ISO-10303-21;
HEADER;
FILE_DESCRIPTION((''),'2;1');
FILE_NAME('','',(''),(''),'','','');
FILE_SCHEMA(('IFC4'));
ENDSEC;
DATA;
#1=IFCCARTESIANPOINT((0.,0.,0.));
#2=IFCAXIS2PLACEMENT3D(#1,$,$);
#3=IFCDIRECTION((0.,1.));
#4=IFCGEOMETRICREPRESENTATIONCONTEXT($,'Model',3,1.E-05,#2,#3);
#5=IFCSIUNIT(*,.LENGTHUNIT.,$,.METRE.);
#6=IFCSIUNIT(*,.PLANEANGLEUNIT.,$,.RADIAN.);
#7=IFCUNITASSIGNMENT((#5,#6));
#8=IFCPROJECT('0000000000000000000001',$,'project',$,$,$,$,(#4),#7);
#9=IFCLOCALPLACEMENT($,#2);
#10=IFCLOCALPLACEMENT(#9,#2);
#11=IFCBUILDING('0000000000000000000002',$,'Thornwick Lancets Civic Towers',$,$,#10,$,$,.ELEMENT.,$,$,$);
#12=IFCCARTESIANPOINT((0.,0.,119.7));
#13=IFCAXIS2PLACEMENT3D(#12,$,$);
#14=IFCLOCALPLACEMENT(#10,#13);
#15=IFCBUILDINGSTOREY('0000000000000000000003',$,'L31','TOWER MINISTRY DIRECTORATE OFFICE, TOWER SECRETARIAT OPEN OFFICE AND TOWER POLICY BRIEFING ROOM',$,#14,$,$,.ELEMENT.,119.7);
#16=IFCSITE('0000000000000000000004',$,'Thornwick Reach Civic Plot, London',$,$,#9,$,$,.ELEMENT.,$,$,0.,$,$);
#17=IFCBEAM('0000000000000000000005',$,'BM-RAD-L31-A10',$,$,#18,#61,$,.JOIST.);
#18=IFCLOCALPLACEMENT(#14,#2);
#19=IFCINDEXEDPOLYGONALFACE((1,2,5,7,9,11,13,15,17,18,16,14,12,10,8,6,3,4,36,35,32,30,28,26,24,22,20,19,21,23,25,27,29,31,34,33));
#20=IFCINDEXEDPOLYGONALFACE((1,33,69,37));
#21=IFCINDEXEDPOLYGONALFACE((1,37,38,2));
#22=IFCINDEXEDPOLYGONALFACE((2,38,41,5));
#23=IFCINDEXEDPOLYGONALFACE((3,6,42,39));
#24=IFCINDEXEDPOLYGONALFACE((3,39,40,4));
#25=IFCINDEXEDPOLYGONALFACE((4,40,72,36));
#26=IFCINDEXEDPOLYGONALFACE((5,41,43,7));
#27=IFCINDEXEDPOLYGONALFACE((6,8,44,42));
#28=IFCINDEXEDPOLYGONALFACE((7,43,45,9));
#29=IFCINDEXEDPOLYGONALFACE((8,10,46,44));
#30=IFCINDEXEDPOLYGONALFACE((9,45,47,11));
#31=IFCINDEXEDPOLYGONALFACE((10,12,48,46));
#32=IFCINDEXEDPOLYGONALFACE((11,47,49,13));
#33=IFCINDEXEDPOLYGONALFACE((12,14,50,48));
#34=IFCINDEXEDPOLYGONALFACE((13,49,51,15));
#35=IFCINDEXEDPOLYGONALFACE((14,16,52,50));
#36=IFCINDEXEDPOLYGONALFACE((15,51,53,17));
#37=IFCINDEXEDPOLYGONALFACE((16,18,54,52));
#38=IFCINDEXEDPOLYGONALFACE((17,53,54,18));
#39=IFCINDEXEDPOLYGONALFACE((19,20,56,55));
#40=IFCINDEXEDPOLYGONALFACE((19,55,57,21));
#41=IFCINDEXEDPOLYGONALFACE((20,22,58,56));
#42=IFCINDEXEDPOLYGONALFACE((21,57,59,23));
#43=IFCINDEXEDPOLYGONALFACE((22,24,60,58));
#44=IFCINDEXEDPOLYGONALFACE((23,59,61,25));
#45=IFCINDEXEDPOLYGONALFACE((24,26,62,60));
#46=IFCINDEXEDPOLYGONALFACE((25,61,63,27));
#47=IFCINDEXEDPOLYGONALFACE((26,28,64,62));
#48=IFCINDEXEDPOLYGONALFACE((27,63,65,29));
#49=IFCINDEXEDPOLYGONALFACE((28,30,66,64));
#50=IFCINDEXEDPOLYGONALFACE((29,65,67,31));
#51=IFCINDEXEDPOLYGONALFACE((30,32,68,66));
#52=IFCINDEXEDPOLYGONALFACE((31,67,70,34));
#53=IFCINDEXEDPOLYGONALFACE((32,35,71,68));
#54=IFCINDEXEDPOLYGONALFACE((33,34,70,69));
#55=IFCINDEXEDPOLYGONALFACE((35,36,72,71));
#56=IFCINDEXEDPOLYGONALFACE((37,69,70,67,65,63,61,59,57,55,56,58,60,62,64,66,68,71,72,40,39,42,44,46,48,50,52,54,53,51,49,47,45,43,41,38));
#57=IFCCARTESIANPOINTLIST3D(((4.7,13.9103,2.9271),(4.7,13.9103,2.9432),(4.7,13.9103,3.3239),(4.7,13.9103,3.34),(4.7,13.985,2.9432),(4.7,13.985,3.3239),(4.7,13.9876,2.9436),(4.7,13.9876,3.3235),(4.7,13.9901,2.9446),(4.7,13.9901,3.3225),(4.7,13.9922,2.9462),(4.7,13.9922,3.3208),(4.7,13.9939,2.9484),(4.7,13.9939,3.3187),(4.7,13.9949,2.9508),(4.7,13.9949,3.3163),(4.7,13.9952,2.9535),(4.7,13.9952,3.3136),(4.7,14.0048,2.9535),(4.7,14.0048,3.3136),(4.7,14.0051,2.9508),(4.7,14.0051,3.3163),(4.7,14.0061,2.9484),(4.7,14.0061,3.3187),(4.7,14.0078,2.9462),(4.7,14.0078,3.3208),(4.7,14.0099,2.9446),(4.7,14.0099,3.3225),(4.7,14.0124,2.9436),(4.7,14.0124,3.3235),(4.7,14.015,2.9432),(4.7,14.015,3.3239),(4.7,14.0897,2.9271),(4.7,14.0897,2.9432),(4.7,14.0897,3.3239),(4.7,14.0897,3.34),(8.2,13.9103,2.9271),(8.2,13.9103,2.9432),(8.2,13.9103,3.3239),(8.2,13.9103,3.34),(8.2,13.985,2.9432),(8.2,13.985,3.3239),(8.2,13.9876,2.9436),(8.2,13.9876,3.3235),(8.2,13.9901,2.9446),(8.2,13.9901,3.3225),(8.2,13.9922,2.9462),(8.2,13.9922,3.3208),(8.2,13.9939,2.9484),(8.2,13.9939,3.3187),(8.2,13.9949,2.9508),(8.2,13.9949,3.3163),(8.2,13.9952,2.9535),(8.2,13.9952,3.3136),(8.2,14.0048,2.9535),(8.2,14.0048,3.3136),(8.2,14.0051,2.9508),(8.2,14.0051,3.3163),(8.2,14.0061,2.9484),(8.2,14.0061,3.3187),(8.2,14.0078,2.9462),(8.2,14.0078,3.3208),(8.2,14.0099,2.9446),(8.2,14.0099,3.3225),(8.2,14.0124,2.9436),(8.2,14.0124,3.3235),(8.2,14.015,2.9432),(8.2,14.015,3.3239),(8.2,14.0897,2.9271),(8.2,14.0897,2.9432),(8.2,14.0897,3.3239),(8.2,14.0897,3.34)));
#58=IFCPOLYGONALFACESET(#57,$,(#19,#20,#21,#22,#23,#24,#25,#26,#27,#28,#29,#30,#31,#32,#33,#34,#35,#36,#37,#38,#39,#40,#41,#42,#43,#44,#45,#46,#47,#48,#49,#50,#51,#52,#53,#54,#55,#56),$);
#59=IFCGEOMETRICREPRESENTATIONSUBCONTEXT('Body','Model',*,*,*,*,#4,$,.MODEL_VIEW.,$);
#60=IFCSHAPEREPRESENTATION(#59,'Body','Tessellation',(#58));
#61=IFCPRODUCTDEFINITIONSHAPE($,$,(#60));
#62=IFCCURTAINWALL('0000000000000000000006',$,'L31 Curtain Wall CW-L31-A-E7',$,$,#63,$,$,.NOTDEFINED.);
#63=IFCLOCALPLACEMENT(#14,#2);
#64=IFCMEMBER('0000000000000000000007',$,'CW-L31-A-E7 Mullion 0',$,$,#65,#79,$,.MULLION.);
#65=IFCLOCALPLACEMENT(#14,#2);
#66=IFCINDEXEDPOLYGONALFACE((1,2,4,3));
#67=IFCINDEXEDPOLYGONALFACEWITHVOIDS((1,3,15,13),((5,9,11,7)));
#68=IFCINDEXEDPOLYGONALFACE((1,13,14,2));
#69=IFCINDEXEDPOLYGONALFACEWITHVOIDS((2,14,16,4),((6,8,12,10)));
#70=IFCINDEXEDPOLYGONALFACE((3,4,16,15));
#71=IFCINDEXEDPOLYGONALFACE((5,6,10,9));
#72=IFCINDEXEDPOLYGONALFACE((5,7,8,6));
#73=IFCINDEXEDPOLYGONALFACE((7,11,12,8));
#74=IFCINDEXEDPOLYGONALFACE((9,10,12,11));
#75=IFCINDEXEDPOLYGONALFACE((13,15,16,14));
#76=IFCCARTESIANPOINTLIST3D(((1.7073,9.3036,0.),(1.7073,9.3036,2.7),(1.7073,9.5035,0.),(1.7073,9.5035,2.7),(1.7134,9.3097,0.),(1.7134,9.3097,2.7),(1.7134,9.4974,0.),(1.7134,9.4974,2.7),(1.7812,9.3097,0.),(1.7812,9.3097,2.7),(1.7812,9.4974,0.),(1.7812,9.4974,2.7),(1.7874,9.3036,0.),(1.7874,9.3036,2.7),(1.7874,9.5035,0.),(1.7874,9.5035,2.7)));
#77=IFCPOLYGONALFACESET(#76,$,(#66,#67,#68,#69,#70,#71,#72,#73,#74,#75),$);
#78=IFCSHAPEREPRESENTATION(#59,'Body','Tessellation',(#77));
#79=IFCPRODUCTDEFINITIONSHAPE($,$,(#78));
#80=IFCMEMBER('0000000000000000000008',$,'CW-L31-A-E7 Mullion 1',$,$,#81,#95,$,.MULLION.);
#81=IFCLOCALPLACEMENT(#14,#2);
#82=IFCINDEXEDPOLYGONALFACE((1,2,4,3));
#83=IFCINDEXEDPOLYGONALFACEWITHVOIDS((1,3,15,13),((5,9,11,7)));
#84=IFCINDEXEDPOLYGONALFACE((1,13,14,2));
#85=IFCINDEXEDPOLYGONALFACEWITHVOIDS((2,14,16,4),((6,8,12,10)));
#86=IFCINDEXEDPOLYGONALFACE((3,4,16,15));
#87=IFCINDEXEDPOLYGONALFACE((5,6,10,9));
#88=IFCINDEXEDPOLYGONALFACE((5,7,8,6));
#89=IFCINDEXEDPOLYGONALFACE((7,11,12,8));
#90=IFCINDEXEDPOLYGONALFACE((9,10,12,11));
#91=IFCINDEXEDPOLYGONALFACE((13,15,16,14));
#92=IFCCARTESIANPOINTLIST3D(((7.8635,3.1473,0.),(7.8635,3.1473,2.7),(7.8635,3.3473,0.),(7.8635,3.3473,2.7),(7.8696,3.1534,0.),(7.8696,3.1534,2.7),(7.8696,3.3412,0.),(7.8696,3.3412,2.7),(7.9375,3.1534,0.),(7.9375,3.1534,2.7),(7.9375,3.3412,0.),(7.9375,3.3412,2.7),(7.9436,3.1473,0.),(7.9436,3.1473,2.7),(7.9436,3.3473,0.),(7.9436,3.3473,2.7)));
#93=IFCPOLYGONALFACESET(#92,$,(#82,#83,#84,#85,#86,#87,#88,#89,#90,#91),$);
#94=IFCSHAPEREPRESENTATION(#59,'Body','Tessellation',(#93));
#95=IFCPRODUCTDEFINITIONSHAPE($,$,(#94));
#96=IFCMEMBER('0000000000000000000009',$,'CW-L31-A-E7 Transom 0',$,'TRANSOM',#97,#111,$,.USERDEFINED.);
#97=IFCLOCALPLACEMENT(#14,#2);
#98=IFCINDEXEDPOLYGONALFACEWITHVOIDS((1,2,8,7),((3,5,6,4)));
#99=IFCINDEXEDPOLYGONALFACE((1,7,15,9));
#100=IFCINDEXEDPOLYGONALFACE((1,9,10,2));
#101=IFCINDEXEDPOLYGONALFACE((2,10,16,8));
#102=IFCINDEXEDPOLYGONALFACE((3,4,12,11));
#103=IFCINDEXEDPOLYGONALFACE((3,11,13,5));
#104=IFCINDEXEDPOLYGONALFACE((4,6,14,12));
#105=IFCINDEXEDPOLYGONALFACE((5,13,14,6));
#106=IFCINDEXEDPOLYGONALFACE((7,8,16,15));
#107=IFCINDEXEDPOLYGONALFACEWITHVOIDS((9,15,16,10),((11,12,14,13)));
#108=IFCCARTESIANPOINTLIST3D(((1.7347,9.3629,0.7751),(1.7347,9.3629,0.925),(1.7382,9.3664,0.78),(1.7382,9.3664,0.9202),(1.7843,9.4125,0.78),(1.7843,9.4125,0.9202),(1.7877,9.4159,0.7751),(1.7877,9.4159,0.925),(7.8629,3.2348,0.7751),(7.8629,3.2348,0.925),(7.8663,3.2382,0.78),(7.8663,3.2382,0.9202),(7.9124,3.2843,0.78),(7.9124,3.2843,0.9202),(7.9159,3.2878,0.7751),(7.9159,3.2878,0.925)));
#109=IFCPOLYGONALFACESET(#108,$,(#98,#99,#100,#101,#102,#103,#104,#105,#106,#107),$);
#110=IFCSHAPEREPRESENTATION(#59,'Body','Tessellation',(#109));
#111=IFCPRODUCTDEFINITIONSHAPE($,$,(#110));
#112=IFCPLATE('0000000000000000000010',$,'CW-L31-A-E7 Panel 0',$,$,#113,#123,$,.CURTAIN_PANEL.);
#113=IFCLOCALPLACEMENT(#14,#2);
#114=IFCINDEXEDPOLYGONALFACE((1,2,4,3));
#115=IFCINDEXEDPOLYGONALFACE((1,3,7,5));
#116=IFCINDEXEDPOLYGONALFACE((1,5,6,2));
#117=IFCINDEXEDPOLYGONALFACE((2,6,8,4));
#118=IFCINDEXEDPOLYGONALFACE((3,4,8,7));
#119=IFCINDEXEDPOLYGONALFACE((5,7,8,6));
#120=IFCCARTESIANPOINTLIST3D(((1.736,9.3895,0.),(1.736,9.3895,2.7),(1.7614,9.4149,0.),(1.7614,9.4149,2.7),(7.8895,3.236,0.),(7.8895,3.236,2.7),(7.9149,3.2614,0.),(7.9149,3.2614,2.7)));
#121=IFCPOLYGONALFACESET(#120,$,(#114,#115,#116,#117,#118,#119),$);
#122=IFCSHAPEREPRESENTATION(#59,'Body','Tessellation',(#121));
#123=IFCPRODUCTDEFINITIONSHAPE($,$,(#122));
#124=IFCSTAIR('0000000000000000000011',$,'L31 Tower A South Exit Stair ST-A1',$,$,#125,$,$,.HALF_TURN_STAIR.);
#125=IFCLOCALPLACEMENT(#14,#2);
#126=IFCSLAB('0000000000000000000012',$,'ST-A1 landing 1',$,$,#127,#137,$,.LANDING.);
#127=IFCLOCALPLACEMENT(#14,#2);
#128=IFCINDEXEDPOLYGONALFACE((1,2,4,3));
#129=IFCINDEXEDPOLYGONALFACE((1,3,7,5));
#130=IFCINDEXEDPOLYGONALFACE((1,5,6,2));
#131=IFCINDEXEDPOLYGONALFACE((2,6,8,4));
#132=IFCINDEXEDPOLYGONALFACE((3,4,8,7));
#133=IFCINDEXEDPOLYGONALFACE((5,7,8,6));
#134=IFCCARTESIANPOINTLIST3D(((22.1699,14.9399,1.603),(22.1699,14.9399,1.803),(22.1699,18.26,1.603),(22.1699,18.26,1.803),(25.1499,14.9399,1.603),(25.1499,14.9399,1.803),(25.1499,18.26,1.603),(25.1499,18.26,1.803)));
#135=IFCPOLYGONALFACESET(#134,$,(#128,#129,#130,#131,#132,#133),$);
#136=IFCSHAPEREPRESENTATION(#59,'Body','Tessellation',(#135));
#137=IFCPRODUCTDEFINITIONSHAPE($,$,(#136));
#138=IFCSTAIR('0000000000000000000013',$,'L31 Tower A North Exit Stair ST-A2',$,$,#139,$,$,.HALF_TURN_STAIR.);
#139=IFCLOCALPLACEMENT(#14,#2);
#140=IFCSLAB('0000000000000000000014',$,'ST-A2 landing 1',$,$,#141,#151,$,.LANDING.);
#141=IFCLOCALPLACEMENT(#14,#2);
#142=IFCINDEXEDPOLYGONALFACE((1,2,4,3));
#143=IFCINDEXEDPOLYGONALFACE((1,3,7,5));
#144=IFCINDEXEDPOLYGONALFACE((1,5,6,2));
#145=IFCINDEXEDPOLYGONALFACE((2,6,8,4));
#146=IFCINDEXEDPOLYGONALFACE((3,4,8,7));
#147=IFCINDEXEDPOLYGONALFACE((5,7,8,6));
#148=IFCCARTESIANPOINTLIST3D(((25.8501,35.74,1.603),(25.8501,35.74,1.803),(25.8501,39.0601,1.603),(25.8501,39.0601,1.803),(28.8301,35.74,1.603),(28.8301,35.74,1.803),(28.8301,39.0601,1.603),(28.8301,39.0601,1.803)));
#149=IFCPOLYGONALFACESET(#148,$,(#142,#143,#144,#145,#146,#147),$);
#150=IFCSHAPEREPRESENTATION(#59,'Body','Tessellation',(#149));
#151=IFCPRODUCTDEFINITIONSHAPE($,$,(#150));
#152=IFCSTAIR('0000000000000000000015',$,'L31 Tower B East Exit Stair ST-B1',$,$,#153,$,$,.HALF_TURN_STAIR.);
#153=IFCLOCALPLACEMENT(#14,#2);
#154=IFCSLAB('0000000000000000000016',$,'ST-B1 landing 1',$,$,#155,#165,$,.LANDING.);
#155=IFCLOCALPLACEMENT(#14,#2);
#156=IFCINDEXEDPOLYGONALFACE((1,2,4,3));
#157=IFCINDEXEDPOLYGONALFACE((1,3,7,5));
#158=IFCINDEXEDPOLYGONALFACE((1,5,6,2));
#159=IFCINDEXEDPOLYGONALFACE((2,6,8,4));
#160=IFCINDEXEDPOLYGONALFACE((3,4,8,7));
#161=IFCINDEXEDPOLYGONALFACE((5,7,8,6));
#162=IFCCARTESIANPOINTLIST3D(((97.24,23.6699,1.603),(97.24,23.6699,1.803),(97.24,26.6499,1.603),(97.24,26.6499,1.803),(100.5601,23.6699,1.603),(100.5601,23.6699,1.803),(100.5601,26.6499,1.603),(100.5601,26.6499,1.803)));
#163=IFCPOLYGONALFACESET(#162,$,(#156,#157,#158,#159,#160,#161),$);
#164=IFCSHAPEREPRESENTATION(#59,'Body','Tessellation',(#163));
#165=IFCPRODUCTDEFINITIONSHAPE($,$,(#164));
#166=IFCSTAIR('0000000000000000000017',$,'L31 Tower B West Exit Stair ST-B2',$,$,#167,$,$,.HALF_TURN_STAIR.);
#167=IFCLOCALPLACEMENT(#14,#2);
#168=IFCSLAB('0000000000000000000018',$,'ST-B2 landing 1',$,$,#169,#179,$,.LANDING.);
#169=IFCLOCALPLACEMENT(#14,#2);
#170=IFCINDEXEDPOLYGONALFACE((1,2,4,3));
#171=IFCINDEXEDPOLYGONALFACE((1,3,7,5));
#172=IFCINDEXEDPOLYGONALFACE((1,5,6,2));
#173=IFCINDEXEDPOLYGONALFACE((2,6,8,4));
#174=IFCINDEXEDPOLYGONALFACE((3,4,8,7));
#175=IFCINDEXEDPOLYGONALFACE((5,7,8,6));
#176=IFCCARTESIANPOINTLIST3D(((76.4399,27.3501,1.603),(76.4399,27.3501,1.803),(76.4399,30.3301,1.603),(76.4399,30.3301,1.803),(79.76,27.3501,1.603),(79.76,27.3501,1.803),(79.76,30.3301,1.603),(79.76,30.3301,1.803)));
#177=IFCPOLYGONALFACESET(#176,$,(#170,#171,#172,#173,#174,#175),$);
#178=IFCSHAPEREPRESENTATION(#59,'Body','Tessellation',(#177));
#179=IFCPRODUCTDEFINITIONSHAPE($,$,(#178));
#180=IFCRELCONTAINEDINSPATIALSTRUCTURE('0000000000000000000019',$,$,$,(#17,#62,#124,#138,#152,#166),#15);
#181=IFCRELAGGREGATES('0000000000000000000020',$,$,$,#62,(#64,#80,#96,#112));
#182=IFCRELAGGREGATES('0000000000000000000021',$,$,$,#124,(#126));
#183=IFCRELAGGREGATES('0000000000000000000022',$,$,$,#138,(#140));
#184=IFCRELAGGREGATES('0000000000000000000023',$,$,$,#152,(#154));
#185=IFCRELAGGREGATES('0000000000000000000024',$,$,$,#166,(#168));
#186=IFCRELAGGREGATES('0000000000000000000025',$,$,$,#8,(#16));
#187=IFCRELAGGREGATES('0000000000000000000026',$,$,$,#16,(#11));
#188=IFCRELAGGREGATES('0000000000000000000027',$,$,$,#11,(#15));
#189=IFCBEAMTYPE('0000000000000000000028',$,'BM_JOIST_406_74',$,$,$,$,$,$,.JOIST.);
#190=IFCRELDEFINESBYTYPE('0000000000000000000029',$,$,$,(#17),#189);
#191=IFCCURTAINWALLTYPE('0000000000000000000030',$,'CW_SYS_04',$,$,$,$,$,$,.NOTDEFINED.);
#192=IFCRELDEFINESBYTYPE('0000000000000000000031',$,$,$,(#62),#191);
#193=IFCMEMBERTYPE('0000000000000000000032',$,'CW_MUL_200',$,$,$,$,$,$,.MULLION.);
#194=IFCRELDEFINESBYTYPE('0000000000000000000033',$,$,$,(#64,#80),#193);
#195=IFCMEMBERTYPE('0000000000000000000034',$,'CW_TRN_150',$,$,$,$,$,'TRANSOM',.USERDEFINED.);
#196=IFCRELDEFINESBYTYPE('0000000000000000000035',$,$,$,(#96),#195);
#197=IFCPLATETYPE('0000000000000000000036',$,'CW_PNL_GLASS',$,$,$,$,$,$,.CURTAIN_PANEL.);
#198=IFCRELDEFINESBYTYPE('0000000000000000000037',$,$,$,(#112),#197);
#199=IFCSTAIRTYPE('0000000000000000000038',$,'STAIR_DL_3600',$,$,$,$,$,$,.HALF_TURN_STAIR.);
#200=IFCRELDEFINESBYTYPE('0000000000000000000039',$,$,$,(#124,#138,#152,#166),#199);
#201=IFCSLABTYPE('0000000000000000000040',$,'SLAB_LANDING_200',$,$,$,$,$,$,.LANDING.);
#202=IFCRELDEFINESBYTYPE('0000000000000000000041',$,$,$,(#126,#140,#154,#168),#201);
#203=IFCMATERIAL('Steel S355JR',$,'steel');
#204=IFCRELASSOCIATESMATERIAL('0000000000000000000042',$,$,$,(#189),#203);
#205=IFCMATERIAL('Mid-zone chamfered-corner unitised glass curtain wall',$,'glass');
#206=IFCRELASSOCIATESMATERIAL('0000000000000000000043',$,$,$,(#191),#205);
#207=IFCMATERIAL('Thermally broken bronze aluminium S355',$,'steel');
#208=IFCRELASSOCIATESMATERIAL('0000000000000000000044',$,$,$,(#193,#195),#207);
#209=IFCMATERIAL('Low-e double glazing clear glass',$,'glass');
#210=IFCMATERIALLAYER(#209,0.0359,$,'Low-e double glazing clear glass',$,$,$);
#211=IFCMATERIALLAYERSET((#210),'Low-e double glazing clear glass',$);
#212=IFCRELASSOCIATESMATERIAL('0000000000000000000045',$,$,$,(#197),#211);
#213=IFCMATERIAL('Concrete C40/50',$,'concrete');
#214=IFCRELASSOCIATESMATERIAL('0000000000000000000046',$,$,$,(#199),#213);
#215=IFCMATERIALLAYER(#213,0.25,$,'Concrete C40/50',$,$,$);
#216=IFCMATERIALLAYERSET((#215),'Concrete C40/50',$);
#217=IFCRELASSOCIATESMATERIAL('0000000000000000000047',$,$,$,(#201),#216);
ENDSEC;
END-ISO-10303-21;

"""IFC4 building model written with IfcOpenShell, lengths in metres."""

from ifc_helpers import new_model, si_unit, direction, frame, origin, origin_2d, place, context, subcontext, project, spatial, polyline, rectangle, hollow_rectangle, i_section, outline, extrude, material, layer, layer_set, material_profile, profile_set, type_object, element, aggregate, save


model = new_model("IFC4")

# Units and contexts
model_context = context("Model", 3, precision=1e-05, world=origin(), true_north=direction((0.0, 1.0)))
body_context = subcontext(model_context, "Body", "Model", "MODEL_VIEW")
ifc_project = project(units=[si_unit("LENGTHUNIT", "METRE"), si_unit("PLANEANGLEUNIT", "RADIAN")], contexts=[model_context])

# Site, building, storey
site_placement = place(None, origin())
site = spatial("IfcSite", under=ifc_project, at=site_placement, Name="Thornwick Reach Civic Plot, London", CompositionType="ELEMENT", RefElevation=0.0)
building_placement = place(site_placement, origin())
building = spatial("IfcBuilding", under=site, at=building_placement, Name="Thornwick Lancets Civic Towers", CompositionType="ELEMENT")
storey_placement = place(building_placement, frame((0.0, 0.0, 119.7)))
storey = spatial("IfcBuildingStorey", under=building, at=storey_placement, Name="L31", Description="TOWER MINISTRY DIRECTORATE OFFICE, TOWER SECRETARIAT OPEN OFFICE AND TOWER POLICY BRIEFING ROOM", CompositionType="ELEMENT", Elevation=119.7)

# Beam
ifc_material_1 = material(Name="Steel S355JR", Category="steel")
ifc_material_profile_1 = material_profile(ifc_material_1, i_section(OverallWidth=0.1794, OverallDepth=0.4128, WebThickness=0.0095, FlangeThickness=0.0161, FilletRadius=0.0103, at=origin_2d()), Name="UKB 406x178x74")
ifc_profile_set_1 = profile_set([ifc_material_profile_1], Name="Steel S355JR")
beam_type_1 = type_object("IfcBeamType", Name="BM_JOIST_406_74", PredefinedType="JOIST", material=ifc_profile_set_1)
for number, where, z_axis, x_axis, name in (
    (1, (8.2, 14.0, 3.1335), (-1.0, 0.0, 0.0), (0.0, -1.0, 0.0), "BM-RAD-L31-A10"),
):
    element("IfcBeam", number, at=place(storey_placement, frame(where, z_axis=z_axis, x_axis=x_axis)), inside=storey, type_object=beam_type_1, Name=name, PredefinedType="JOIST", context=body_context, shape_type="SweptSolid", body=[
        extrude(i_section(OverallWidth=0.1794, OverallDepth=0.4128, WebThickness=0.0095, FlangeThickness=0.0161, FilletRadius=0.0103, at=origin_2d()), origin(), (0.0, 0.0, 1.0), 3.5),
    ])

# Curtain wall, members, plate
ifc_material_2 = material(Name="Mid-zone chamfered-corner unitised glass curtain wall", Category="glass")
curtain_wall_type = type_object("IfcCurtainWallType", Name="CW_SYS_04", PredefinedType="NOTDEFINED", material=ifc_material_2)
curtain_wall_placement = place(storey_placement, origin())
curtain_wall = element("IfcCurtainWall", 2, at=curtain_wall_placement, inside=storey, type_object=curtain_wall_type, Name="L31 Curtain Wall CW-L31-A-E7", PredefinedType="NOTDEFINED")
ifc_material_3 = material(Name="Thermally broken bronze aluminium S355", Category="steel")
ifc_material_profile_2 = material_profile(ifc_material_3, hollow_rectangle(XDim=0.0801, YDim=0.2, WallThickness=0.0061, at=origin_2d()), Name="RHS 200x80x6")
ifc_profile_set_2 = profile_set([ifc_material_profile_2], Name="Thermally broken bronze aluminium S355")
member_type_1 = type_object("IfcMemberType", Name="CW_MUL_200", PredefinedType="MULLION", material=ifc_profile_set_2)
member_1_placement = place(storey_placement, frame((1.7473, 9.4036, 0.0), z_axis=(0.0, 0.0, 1.0), x_axis=(1.0, 0.0, 0.0)))
member_1 = element("IfcMember", 3, at=member_1_placement, type_object=member_type_1, Name="CW-L31-A-E7 Mullion 0", PredefinedType="MULLION", context=body_context, shape_type="SweptSolid", body=[
    extrude(hollow_rectangle(XDim=0.0801, YDim=0.2, WallThickness=0.0061, at=origin_2d()), origin(), (0.0, 0.0, 1.0), 2.7),
])
member_2_placement = place(storey_placement, frame((7.9036, 3.2473, 0.0), z_axis=(0.0, 0.0, 1.0), x_axis=(1.0, 0.0, 0.0)))
member_2 = element("IfcMember", 4, at=member_2_placement, type_object=member_type_1, Name="CW-L31-A-E7 Mullion 1", PredefinedType="MULLION", context=body_context, shape_type="SweptSolid", body=[
    extrude(hollow_rectangle(XDim=0.0801, YDim=0.2, WallThickness=0.0061, at=origin_2d()), origin(), (0.0, 0.0, 1.0), 2.7),
])
ifc_material_profile_3 = material_profile(ifc_material_3, hollow_rectangle(XDim=0.075, YDim=0.1499, WallThickness=0.0049, at=origin_2d()), Name="RHS 150x75x5")
ifc_profile_set_3 = profile_set([ifc_material_profile_3], Name="Thermally broken bronze aluminium S355")
member_type_2 = type_object("IfcMemberType", Name="CW_TRN_150", ElementType="TRANSOM", PredefinedType="USERDEFINED", material=ifc_profile_set_3)
member_3_placement = place(storey_placement, frame((1.7612, 9.3894, 0.8501), z_axis=(0.707107, -0.707107, 0.0), x_axis=(0.707107, 0.707107, 0.0)))
member_3 = element("IfcMember", 5, at=member_3_placement, type_object=member_type_2, Name="CW-L31-A-E7 Transom 0", ObjectType="TRANSOM", PredefinedType="USERDEFINED", context=body_context, shape_type="SweptSolid", body=[
    extrude(hollow_rectangle(XDim=0.075, YDim=0.1499, WallThickness=0.0049, at=origin_2d()), origin(), (0.0, 0.0, 1.0), 8.6665),
])
ifc_material_4 = material(Name="Low-e double glazing clear glass", Category="glass")
ifc_layer_1 = layer(ifc_material_4, 0.0359, Name="Low-e double glazing clear glass")
ifc_layer_set_1 = layer_set([ifc_layer_1], Name="Low-e double glazing clear glass")
plate_type = type_object("IfcPlateType", Name="CW_PNL_GLASS", PredefinedType="CURTAIN_PANEL", material=ifc_layer_set_1)
plate_placement = place(storey_placement, frame((4.8254, 6.3254, 0.0), z_axis=(0.0, 0.0, 1.0), x_axis=(0.707107, -0.707107, 0.0)))
plate = element("IfcPlate", 6, at=plate_placement, type_object=plate_type, Name="CW-L31-A-E7 Panel 0", PredefinedType="CURTAIN_PANEL", context=body_context, shape_type="SweptSolid", body=[
    extrude(rectangle(XDim=8.7024, YDim=0.0359, at=origin_2d()), origin(), (0.0, 0.0, 1.0), 2.7),
])
aggregate(curtain_wall, [member_1, member_2, member_3, plate])

# Stairs, slabs
ifc_material_5 = material(Name="Concrete C40/50", Category="concrete")
stair_type = type_object("IfcStairType", Name="STAIR_DL_3600", PredefinedType="HALF_TURN_STAIR", material=ifc_material_5)
stair_1_placement = place(storey_placement, origin())
stair_1 = element("IfcStair", 7, at=stair_1_placement, inside=storey, type_object=stair_type, Name="L31 Tower A South Exit Stair ST-A1", PredefinedType="HALF_TURN_STAIR")
ifc_layer_2 = layer(ifc_material_5, 0.25, Name="Concrete C40/50")
ifc_layer_set_2 = layer_set([ifc_layer_2], Name="Concrete C40/50")
slab_type_1 = type_object("IfcSlabType", Name="SLAB_LANDING_200", PredefinedType="LANDING", material=ifc_layer_set_2)
slab_1_placement = place(storey_placement, frame((0.0, 0.0, 1.603)))
slab_1 = element("IfcSlab", 8, at=slab_1_placement, type_object=slab_type_1, Name="ST-A1 landing 1", PredefinedType="LANDING", context=body_context, shape_type="SweptSolid", body=[
    extrude(outline(polyline([(22.1699, 14.9399), (25.1499, 14.9399), (25.1499, 18.26), (22.1699, 18.26), (22.1699, 14.9399)])), origin(), (0.0, 0.0, 1.0), 0.2),
])
aggregate(stair_1, [slab_1])
stair_2_placement = place(storey_placement, origin())
stair_2 = element("IfcStair", 9, at=stair_2_placement, inside=storey, type_object=stair_type, Name="L31 Tower A North Exit Stair ST-A2", PredefinedType="HALF_TURN_STAIR")
slab_2_placement = place(storey_placement, frame((0.0, 0.0, 1.603)))
slab_2 = element("IfcSlab", 10, at=slab_2_placement, type_object=slab_type_1, Name="ST-A2 landing 1", PredefinedType="LANDING", context=body_context, shape_type="SweptSolid", body=[
    extrude(outline(polyline([(28.8301, 39.0601), (25.8501, 39.0601), (25.8501, 35.74), (28.8301, 35.74), (28.8301, 39.0601)])), origin(), (0.0, 0.0, 1.0), 0.2),
])
aggregate(stair_2, [slab_2])
stair_3_placement = place(storey_placement, origin())
stair_3 = element("IfcStair", 11, at=stair_3_placement, inside=storey, type_object=stair_type, Name="L31 Tower B East Exit Stair ST-B1", PredefinedType="HALF_TURN_STAIR")
slab_3_placement = place(storey_placement, frame((0.0, 0.0, 1.603)))
slab_3 = element("IfcSlab", 12, at=slab_3_placement, type_object=slab_type_1, Name="ST-B1 landing 1", PredefinedType="LANDING", context=body_context, shape_type="SweptSolid", body=[
    extrude(outline(polyline([(100.5601, 23.6699), (100.5601, 26.6499), (97.24, 26.6499), (97.24, 23.6699), (100.5601, 23.6699)])), origin(), (0.0, 0.0, 1.0), 0.2),
])
aggregate(stair_3, [slab_3])
stair_4_placement = place(storey_placement, origin())
stair_4 = element("IfcStair", 13, at=stair_4_placement, inside=storey, type_object=stair_type, Name="L31 Tower B West Exit Stair ST-B2", PredefinedType="HALF_TURN_STAIR")
slab_4_placement = place(storey_placement, frame((0.0, 0.0, 1.603)))
slab_4 = element("IfcSlab", 14, at=slab_4_placement, type_object=slab_type_1, Name="ST-B2 landing 1", PredefinedType="LANDING", context=body_context, shape_type="SweptSolid", body=[
    extrude(outline(polyline([(76.4399, 30.3301), (76.4399, 27.3501), (79.76, 27.3501), (79.76, 30.3301), (76.4399, 30.3301)])), origin(), (0.0, 0.0, 1.0), 0.2),
])
aggregate(stair_4, [slab_4])

save(model, "model.ifc")
